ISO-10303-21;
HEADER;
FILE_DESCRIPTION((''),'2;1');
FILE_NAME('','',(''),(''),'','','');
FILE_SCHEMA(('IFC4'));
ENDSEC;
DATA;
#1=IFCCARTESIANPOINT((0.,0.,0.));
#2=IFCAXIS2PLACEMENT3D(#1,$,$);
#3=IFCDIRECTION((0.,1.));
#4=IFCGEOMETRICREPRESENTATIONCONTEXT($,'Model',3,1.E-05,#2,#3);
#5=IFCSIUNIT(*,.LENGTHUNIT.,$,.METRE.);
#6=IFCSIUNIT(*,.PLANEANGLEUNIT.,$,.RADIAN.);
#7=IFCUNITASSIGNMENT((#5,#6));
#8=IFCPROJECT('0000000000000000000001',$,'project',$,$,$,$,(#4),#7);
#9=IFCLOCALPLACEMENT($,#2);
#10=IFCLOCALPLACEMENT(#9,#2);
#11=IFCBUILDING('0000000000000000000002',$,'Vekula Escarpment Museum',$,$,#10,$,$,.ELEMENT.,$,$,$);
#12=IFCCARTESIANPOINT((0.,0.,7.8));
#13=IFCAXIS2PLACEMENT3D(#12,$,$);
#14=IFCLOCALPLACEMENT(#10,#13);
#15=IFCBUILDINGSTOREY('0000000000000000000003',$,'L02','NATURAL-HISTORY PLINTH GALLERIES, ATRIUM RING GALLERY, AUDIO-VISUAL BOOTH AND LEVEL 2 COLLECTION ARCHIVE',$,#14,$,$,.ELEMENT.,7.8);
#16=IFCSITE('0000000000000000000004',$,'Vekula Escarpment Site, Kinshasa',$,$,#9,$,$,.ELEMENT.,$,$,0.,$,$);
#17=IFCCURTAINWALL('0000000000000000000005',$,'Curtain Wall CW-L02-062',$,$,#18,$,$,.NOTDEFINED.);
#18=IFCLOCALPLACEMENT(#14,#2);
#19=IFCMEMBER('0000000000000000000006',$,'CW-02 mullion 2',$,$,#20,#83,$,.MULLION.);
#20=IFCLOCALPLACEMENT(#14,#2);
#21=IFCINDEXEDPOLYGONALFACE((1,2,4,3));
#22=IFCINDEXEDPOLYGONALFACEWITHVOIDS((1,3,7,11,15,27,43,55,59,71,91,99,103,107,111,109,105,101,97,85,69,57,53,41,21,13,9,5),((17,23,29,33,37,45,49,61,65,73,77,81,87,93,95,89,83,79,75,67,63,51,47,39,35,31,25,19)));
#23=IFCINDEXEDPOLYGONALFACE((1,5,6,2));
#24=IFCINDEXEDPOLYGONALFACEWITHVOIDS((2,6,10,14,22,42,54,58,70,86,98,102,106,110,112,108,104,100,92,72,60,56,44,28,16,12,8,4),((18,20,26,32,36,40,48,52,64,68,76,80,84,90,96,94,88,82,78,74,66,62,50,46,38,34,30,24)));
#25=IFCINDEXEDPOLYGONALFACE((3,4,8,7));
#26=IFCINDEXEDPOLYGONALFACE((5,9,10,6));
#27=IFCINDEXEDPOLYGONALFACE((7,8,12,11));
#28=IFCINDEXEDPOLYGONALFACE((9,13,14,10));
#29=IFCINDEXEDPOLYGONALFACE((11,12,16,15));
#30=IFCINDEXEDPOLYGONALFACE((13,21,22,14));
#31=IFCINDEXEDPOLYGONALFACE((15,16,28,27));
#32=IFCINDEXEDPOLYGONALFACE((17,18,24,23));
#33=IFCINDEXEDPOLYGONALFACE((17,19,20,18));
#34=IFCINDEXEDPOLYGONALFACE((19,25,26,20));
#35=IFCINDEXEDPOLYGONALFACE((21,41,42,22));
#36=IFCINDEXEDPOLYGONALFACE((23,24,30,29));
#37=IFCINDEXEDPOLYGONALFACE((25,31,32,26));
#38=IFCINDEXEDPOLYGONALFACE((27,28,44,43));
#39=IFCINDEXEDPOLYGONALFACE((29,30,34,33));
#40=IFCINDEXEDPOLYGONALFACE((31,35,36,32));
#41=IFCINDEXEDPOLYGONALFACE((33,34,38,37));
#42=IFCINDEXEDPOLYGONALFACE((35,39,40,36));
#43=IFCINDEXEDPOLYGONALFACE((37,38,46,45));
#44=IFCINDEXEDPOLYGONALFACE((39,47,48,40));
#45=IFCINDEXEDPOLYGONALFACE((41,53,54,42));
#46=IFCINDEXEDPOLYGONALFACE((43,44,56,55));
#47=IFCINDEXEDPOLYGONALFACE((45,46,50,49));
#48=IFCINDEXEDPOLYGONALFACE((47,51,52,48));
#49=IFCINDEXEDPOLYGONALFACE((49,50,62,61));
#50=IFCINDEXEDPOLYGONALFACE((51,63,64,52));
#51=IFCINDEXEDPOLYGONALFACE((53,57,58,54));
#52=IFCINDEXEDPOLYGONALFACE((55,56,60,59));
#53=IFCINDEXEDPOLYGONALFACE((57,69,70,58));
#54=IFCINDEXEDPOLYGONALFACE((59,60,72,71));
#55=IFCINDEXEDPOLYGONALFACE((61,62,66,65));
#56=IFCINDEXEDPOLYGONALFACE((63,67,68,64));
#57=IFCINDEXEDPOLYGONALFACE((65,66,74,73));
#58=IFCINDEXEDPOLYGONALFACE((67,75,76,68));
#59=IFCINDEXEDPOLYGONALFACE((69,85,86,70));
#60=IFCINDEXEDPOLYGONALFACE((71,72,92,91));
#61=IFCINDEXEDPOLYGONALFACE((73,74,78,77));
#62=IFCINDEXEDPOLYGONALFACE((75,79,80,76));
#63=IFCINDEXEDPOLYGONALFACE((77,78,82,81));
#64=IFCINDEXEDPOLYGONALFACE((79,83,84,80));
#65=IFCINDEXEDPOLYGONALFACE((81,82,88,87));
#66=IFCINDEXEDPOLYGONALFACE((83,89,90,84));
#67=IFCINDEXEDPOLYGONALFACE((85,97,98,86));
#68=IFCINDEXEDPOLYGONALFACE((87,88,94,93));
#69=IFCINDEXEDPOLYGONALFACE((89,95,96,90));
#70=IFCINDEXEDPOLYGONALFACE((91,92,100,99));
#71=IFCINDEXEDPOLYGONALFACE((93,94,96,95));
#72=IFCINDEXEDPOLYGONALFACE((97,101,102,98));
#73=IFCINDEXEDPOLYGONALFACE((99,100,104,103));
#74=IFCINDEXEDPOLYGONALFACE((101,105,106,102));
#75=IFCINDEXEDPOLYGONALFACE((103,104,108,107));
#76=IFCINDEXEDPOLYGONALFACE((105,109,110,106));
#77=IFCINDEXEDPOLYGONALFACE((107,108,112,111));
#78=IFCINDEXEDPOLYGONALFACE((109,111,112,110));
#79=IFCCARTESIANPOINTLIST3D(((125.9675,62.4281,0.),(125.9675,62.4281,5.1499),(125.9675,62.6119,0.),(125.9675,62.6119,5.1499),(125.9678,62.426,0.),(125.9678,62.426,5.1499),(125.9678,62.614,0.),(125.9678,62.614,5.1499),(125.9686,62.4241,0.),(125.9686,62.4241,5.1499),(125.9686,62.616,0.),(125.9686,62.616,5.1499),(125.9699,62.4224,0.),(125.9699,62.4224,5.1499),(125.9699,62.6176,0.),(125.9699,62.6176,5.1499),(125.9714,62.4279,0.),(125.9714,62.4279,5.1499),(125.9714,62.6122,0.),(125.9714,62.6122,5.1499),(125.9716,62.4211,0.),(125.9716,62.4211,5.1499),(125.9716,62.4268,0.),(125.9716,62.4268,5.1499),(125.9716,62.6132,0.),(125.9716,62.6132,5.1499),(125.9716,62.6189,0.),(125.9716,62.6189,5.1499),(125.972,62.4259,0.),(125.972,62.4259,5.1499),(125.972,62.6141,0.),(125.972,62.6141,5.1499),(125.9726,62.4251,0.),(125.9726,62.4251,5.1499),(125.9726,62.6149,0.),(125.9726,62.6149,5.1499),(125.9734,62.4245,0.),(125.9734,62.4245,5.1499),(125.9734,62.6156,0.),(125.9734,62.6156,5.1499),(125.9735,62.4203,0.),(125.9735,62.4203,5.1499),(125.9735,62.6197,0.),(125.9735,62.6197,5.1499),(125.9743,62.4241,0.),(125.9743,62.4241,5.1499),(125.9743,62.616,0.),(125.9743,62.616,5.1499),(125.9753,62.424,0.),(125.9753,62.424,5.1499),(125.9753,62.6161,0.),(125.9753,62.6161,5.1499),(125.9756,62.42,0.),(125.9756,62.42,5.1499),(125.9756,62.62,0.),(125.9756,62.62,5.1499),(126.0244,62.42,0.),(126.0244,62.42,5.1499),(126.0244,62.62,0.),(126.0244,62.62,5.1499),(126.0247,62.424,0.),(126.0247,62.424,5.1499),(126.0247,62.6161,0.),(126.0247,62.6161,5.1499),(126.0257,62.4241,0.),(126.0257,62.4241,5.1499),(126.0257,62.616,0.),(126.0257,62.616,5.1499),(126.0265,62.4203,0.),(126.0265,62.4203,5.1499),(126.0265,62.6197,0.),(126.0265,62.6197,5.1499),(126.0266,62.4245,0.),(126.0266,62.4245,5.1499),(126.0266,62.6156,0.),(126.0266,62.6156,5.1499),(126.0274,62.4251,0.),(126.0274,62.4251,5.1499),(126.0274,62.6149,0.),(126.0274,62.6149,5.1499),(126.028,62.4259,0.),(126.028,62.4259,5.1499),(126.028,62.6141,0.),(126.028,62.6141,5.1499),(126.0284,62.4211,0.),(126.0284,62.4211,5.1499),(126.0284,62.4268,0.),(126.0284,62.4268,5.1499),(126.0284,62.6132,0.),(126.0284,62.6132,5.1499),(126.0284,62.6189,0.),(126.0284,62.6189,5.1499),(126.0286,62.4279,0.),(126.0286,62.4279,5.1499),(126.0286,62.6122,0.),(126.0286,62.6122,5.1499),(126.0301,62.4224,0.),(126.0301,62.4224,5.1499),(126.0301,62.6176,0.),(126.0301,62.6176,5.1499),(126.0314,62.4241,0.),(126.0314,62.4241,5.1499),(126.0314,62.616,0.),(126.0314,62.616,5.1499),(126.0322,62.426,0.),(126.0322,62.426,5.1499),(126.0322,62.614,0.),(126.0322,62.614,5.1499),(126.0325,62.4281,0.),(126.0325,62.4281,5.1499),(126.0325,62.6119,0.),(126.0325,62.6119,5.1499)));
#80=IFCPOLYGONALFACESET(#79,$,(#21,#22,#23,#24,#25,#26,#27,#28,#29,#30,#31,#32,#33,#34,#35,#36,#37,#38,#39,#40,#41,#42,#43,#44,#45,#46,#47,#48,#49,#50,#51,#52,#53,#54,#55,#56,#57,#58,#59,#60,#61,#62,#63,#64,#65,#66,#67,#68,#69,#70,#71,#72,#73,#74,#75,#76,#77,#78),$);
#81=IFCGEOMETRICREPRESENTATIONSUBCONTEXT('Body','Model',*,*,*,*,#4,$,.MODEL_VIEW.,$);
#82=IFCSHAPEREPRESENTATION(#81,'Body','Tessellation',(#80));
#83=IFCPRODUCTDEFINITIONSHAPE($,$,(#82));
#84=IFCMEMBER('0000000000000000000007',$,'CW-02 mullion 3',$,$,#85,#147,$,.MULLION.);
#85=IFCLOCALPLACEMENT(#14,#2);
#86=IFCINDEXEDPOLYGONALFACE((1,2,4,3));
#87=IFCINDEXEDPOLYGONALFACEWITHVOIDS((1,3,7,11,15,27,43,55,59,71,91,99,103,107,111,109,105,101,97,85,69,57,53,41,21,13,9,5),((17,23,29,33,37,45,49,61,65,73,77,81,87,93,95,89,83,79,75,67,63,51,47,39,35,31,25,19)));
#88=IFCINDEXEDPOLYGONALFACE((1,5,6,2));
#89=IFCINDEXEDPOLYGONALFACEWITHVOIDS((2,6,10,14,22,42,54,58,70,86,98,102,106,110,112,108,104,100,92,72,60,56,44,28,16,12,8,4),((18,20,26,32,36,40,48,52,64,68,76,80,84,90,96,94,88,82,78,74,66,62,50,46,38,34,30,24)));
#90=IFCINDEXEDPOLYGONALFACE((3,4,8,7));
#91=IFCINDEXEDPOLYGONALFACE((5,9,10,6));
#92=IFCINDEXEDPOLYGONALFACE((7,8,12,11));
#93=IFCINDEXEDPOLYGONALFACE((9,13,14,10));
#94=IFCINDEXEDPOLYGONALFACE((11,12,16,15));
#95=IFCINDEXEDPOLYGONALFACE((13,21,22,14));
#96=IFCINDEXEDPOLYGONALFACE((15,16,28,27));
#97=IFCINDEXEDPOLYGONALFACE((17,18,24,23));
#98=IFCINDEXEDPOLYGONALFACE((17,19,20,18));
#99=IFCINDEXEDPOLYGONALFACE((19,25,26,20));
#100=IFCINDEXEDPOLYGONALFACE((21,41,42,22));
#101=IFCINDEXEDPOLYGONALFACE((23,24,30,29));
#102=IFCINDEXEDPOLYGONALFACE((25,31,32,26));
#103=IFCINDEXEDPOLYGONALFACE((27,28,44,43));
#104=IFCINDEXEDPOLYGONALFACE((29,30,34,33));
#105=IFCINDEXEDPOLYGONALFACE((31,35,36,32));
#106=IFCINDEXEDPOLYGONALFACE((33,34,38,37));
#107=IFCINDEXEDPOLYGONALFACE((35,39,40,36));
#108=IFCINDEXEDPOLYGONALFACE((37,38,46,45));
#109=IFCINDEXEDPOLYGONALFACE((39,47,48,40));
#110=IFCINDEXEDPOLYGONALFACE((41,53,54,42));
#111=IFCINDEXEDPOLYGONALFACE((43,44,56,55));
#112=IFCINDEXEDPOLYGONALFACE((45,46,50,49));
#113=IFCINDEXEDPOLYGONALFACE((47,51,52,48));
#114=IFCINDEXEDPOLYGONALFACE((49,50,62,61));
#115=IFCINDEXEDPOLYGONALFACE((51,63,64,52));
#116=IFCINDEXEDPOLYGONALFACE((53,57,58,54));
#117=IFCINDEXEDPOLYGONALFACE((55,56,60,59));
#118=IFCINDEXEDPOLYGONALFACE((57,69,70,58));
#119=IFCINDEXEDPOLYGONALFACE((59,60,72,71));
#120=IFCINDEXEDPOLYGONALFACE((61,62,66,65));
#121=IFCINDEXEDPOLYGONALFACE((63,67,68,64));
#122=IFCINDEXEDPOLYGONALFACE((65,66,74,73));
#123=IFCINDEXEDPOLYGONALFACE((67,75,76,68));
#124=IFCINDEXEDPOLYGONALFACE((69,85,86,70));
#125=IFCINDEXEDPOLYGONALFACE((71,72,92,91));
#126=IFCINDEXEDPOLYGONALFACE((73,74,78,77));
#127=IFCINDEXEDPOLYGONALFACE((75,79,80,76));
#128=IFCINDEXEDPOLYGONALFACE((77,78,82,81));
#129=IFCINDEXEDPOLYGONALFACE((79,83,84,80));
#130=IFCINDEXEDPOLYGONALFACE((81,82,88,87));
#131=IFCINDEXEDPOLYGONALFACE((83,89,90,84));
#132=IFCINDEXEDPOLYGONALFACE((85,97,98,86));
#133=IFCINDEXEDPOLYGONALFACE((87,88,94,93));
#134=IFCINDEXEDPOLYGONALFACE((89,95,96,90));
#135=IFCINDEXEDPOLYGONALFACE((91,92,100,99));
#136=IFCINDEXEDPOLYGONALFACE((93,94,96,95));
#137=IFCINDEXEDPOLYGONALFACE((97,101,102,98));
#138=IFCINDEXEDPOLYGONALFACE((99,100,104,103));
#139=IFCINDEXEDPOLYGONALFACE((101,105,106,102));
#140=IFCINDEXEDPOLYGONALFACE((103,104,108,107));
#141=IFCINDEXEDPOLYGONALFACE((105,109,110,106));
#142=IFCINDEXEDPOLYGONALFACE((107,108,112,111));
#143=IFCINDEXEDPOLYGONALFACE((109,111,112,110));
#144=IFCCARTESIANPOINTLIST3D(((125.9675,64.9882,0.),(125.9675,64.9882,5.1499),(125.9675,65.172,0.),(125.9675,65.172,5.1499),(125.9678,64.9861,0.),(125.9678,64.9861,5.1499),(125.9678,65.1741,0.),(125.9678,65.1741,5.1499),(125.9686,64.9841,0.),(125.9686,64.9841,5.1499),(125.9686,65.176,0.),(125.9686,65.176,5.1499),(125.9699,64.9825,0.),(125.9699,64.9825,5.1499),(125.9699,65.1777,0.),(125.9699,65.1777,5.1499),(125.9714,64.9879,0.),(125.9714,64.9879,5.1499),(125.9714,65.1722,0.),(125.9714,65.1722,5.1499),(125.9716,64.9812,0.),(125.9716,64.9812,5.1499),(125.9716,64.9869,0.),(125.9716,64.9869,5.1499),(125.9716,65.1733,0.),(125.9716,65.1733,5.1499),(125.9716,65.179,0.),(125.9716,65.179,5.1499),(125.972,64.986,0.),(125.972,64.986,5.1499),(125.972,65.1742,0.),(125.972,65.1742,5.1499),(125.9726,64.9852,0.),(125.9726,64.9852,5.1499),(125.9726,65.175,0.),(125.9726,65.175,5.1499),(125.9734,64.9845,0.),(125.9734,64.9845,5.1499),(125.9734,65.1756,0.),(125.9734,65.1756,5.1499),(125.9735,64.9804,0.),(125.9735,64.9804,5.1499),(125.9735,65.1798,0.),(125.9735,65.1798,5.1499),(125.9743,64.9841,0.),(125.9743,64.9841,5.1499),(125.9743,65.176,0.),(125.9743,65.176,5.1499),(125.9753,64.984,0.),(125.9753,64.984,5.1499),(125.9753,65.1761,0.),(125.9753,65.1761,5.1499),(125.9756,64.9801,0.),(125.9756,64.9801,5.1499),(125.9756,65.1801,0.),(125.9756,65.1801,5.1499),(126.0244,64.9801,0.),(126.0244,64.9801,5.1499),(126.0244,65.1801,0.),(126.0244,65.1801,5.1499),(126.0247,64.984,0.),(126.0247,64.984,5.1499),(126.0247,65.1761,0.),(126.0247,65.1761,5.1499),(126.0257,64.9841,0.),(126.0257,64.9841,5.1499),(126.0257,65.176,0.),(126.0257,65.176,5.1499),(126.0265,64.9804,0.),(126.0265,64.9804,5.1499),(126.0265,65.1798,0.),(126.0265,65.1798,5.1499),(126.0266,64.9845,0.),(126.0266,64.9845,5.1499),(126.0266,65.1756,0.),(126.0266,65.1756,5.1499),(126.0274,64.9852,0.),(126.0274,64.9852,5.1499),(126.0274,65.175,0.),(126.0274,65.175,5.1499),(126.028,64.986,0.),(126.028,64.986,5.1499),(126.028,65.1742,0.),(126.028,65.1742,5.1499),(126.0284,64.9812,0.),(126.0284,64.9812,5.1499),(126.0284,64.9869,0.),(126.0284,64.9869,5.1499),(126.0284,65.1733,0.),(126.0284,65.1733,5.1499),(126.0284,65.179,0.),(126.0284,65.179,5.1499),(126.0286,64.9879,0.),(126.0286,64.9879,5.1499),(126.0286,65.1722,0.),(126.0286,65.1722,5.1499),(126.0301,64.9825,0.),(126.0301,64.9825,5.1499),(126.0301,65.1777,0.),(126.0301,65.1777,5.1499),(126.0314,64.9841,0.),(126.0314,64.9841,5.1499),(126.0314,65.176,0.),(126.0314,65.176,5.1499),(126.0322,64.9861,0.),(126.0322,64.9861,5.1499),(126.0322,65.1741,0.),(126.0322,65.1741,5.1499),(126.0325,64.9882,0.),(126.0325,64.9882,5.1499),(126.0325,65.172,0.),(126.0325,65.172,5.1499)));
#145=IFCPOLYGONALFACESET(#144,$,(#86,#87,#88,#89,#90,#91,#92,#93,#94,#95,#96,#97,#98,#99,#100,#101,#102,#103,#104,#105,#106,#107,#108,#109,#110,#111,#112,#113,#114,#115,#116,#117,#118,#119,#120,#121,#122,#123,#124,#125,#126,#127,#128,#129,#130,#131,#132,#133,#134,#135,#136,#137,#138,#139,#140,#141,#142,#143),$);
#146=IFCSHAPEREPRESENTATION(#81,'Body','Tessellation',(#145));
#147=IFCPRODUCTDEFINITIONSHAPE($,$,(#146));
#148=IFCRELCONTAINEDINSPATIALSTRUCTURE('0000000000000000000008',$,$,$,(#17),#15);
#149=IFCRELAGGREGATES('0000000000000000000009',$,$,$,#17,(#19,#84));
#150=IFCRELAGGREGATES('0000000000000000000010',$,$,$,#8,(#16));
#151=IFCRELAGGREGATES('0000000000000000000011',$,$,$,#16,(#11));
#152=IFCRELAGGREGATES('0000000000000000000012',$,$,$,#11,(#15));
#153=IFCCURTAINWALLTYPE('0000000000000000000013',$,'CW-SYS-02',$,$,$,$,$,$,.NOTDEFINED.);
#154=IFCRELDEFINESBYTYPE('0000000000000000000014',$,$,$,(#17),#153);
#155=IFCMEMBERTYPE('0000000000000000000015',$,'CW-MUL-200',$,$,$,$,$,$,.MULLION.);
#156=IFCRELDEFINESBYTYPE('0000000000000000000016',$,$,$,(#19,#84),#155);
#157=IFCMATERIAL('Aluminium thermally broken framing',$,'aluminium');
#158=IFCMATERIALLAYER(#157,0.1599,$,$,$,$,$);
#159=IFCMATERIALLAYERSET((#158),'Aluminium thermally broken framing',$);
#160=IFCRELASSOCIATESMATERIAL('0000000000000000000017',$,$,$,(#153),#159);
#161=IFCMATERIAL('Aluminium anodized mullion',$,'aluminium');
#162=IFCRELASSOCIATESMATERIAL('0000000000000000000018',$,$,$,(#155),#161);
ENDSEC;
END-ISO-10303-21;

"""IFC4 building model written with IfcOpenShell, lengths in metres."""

from ifc_helpers import new_model, si_unit, direction, frame, origin, origin_2d, place, context, subcontext, project, spatial, hollow_rectangle, extrude, material, layer, layer_set, material_profile, profile_set, type_object, element, aggregate, save


model = new_model("IFC4")

# Units and contexts
model_context = context("Model", 3, precision=1e-05, world=origin(), true_north=direction((0.0, 1.0)))
body_context = subcontext(model_context, "Body", "Model", "MODEL_VIEW")
ifc_project = project(units=[si_unit("LENGTHUNIT", "METRE"), si_unit("PLANEANGLEUNIT", "RADIAN")], contexts=[model_context])

# Site, building, storey
site_placement = place(None, origin())
site = spatial("IfcSite", under=ifc_project, at=site_placement, Name="Vekula Escarpment Site, Kinshasa", CompositionType="ELEMENT", RefElevation=0.0)
building_placement = place(site_placement, origin())
building = spatial("IfcBuilding", under=site, at=building_placement, Name="Vekula Escarpment Museum", CompositionType="ELEMENT")
storey_placement = place(building_placement, frame((0.0, 0.0, 7.8)))
storey = spatial("IfcBuildingStorey", under=building, at=storey_placement, Name="L02", Description="NATURAL-HISTORY PLINTH GALLERIES, ATRIUM RING GALLERY, AUDIO-VISUAL BOOTH AND LEVEL 2 COLLECTION ARCHIVE", CompositionType="ELEMENT", Elevation=7.8)

# Curtain wall, members
ifc_material_1 = material(Name="Aluminium thermally broken framing", Category="aluminium")
ifc_layer_1 = layer(ifc_material_1, 0.1599)
ifc_layer_set_1 = layer_set([ifc_layer_1], Name="Aluminium thermally broken framing")
curtain_wall_type_1 = type_object("IfcCurtainWallType", Name="CW-SYS-02", PredefinedType="NOTDEFINED", material=ifc_layer_set_1)
curtain_wall_1_placement = place(storey_placement, origin())
curtain_wall_1 = element("IfcCurtainWall", 1, at=curtain_wall_1_placement, inside=storey, type_object=curtain_wall_type_1, Name="Curtain Wall CW-L02-062", PredefinedType="NOTDEFINED")
ifc_material_2 = material(Name="Aluminium anodized mullion", Category="aluminium")
ifc_material_profile_1 = material_profile(ifc_material_2, hollow_rectangle(XDim=0.0649, YDim=0.2, WallThickness=0.0039, InnerFilletRadius=0.0039, OuterFilletRadius=0.0081, at=origin_2d()), Name="ALU 200x65x4")
ifc_profile_set_1 = profile_set([ifc_material_profile_1], Name="Aluminium anodized mullion")
member_type_1 = type_object("IfcMemberType", Name="CW-MUL-200", PredefinedType="MULLION", material=ifc_profile_set_1)
member_1_placement = place(storey_placement, frame((126.0, 62.52, 0.0), z_axis=(0.0, 0.0, 1.0), x_axis=(-1.0, 0.0, 0.0)))
member_1 = element("IfcMember", 2, at=member_1_placement, type_object=member_type_1, Name="CW-02 mullion 2", PredefinedType="MULLION", context=body_context, shape_type="SweptSolid", body=[
    extrude(hollow_rectangle(XDim=0.0649, YDim=0.2, WallThickness=0.0039, InnerFilletRadius=0.0039, OuterFilletRadius=0.0081, at=origin_2d()), origin(), (0.0, 0.0, 1.0), 5.1499),
])
member_2_placement = place(storey_placement, frame((126.0, 65.0801, 0.0), z_axis=(0.0, 0.0, 1.0), x_axis=(-1.0, 0.0, 0.0)))
member_2 = element("IfcMember", 3, at=member_2_placement, type_object=member_type_1, Name="CW-02 mullion 3", PredefinedType="MULLION", context=body_context, shape_type="SweptSolid", body=[
    extrude(hollow_rectangle(XDim=0.0649, YDim=0.2, WallThickness=0.0039, InnerFilletRadius=0.0039, OuterFilletRadius=0.0081, at=origin_2d()), origin(), (0.0, 0.0, 1.0), 5.1499),
])

aggregate(curtain_wall_1, [member_1, member_2])

save(model, "model.ifc")
